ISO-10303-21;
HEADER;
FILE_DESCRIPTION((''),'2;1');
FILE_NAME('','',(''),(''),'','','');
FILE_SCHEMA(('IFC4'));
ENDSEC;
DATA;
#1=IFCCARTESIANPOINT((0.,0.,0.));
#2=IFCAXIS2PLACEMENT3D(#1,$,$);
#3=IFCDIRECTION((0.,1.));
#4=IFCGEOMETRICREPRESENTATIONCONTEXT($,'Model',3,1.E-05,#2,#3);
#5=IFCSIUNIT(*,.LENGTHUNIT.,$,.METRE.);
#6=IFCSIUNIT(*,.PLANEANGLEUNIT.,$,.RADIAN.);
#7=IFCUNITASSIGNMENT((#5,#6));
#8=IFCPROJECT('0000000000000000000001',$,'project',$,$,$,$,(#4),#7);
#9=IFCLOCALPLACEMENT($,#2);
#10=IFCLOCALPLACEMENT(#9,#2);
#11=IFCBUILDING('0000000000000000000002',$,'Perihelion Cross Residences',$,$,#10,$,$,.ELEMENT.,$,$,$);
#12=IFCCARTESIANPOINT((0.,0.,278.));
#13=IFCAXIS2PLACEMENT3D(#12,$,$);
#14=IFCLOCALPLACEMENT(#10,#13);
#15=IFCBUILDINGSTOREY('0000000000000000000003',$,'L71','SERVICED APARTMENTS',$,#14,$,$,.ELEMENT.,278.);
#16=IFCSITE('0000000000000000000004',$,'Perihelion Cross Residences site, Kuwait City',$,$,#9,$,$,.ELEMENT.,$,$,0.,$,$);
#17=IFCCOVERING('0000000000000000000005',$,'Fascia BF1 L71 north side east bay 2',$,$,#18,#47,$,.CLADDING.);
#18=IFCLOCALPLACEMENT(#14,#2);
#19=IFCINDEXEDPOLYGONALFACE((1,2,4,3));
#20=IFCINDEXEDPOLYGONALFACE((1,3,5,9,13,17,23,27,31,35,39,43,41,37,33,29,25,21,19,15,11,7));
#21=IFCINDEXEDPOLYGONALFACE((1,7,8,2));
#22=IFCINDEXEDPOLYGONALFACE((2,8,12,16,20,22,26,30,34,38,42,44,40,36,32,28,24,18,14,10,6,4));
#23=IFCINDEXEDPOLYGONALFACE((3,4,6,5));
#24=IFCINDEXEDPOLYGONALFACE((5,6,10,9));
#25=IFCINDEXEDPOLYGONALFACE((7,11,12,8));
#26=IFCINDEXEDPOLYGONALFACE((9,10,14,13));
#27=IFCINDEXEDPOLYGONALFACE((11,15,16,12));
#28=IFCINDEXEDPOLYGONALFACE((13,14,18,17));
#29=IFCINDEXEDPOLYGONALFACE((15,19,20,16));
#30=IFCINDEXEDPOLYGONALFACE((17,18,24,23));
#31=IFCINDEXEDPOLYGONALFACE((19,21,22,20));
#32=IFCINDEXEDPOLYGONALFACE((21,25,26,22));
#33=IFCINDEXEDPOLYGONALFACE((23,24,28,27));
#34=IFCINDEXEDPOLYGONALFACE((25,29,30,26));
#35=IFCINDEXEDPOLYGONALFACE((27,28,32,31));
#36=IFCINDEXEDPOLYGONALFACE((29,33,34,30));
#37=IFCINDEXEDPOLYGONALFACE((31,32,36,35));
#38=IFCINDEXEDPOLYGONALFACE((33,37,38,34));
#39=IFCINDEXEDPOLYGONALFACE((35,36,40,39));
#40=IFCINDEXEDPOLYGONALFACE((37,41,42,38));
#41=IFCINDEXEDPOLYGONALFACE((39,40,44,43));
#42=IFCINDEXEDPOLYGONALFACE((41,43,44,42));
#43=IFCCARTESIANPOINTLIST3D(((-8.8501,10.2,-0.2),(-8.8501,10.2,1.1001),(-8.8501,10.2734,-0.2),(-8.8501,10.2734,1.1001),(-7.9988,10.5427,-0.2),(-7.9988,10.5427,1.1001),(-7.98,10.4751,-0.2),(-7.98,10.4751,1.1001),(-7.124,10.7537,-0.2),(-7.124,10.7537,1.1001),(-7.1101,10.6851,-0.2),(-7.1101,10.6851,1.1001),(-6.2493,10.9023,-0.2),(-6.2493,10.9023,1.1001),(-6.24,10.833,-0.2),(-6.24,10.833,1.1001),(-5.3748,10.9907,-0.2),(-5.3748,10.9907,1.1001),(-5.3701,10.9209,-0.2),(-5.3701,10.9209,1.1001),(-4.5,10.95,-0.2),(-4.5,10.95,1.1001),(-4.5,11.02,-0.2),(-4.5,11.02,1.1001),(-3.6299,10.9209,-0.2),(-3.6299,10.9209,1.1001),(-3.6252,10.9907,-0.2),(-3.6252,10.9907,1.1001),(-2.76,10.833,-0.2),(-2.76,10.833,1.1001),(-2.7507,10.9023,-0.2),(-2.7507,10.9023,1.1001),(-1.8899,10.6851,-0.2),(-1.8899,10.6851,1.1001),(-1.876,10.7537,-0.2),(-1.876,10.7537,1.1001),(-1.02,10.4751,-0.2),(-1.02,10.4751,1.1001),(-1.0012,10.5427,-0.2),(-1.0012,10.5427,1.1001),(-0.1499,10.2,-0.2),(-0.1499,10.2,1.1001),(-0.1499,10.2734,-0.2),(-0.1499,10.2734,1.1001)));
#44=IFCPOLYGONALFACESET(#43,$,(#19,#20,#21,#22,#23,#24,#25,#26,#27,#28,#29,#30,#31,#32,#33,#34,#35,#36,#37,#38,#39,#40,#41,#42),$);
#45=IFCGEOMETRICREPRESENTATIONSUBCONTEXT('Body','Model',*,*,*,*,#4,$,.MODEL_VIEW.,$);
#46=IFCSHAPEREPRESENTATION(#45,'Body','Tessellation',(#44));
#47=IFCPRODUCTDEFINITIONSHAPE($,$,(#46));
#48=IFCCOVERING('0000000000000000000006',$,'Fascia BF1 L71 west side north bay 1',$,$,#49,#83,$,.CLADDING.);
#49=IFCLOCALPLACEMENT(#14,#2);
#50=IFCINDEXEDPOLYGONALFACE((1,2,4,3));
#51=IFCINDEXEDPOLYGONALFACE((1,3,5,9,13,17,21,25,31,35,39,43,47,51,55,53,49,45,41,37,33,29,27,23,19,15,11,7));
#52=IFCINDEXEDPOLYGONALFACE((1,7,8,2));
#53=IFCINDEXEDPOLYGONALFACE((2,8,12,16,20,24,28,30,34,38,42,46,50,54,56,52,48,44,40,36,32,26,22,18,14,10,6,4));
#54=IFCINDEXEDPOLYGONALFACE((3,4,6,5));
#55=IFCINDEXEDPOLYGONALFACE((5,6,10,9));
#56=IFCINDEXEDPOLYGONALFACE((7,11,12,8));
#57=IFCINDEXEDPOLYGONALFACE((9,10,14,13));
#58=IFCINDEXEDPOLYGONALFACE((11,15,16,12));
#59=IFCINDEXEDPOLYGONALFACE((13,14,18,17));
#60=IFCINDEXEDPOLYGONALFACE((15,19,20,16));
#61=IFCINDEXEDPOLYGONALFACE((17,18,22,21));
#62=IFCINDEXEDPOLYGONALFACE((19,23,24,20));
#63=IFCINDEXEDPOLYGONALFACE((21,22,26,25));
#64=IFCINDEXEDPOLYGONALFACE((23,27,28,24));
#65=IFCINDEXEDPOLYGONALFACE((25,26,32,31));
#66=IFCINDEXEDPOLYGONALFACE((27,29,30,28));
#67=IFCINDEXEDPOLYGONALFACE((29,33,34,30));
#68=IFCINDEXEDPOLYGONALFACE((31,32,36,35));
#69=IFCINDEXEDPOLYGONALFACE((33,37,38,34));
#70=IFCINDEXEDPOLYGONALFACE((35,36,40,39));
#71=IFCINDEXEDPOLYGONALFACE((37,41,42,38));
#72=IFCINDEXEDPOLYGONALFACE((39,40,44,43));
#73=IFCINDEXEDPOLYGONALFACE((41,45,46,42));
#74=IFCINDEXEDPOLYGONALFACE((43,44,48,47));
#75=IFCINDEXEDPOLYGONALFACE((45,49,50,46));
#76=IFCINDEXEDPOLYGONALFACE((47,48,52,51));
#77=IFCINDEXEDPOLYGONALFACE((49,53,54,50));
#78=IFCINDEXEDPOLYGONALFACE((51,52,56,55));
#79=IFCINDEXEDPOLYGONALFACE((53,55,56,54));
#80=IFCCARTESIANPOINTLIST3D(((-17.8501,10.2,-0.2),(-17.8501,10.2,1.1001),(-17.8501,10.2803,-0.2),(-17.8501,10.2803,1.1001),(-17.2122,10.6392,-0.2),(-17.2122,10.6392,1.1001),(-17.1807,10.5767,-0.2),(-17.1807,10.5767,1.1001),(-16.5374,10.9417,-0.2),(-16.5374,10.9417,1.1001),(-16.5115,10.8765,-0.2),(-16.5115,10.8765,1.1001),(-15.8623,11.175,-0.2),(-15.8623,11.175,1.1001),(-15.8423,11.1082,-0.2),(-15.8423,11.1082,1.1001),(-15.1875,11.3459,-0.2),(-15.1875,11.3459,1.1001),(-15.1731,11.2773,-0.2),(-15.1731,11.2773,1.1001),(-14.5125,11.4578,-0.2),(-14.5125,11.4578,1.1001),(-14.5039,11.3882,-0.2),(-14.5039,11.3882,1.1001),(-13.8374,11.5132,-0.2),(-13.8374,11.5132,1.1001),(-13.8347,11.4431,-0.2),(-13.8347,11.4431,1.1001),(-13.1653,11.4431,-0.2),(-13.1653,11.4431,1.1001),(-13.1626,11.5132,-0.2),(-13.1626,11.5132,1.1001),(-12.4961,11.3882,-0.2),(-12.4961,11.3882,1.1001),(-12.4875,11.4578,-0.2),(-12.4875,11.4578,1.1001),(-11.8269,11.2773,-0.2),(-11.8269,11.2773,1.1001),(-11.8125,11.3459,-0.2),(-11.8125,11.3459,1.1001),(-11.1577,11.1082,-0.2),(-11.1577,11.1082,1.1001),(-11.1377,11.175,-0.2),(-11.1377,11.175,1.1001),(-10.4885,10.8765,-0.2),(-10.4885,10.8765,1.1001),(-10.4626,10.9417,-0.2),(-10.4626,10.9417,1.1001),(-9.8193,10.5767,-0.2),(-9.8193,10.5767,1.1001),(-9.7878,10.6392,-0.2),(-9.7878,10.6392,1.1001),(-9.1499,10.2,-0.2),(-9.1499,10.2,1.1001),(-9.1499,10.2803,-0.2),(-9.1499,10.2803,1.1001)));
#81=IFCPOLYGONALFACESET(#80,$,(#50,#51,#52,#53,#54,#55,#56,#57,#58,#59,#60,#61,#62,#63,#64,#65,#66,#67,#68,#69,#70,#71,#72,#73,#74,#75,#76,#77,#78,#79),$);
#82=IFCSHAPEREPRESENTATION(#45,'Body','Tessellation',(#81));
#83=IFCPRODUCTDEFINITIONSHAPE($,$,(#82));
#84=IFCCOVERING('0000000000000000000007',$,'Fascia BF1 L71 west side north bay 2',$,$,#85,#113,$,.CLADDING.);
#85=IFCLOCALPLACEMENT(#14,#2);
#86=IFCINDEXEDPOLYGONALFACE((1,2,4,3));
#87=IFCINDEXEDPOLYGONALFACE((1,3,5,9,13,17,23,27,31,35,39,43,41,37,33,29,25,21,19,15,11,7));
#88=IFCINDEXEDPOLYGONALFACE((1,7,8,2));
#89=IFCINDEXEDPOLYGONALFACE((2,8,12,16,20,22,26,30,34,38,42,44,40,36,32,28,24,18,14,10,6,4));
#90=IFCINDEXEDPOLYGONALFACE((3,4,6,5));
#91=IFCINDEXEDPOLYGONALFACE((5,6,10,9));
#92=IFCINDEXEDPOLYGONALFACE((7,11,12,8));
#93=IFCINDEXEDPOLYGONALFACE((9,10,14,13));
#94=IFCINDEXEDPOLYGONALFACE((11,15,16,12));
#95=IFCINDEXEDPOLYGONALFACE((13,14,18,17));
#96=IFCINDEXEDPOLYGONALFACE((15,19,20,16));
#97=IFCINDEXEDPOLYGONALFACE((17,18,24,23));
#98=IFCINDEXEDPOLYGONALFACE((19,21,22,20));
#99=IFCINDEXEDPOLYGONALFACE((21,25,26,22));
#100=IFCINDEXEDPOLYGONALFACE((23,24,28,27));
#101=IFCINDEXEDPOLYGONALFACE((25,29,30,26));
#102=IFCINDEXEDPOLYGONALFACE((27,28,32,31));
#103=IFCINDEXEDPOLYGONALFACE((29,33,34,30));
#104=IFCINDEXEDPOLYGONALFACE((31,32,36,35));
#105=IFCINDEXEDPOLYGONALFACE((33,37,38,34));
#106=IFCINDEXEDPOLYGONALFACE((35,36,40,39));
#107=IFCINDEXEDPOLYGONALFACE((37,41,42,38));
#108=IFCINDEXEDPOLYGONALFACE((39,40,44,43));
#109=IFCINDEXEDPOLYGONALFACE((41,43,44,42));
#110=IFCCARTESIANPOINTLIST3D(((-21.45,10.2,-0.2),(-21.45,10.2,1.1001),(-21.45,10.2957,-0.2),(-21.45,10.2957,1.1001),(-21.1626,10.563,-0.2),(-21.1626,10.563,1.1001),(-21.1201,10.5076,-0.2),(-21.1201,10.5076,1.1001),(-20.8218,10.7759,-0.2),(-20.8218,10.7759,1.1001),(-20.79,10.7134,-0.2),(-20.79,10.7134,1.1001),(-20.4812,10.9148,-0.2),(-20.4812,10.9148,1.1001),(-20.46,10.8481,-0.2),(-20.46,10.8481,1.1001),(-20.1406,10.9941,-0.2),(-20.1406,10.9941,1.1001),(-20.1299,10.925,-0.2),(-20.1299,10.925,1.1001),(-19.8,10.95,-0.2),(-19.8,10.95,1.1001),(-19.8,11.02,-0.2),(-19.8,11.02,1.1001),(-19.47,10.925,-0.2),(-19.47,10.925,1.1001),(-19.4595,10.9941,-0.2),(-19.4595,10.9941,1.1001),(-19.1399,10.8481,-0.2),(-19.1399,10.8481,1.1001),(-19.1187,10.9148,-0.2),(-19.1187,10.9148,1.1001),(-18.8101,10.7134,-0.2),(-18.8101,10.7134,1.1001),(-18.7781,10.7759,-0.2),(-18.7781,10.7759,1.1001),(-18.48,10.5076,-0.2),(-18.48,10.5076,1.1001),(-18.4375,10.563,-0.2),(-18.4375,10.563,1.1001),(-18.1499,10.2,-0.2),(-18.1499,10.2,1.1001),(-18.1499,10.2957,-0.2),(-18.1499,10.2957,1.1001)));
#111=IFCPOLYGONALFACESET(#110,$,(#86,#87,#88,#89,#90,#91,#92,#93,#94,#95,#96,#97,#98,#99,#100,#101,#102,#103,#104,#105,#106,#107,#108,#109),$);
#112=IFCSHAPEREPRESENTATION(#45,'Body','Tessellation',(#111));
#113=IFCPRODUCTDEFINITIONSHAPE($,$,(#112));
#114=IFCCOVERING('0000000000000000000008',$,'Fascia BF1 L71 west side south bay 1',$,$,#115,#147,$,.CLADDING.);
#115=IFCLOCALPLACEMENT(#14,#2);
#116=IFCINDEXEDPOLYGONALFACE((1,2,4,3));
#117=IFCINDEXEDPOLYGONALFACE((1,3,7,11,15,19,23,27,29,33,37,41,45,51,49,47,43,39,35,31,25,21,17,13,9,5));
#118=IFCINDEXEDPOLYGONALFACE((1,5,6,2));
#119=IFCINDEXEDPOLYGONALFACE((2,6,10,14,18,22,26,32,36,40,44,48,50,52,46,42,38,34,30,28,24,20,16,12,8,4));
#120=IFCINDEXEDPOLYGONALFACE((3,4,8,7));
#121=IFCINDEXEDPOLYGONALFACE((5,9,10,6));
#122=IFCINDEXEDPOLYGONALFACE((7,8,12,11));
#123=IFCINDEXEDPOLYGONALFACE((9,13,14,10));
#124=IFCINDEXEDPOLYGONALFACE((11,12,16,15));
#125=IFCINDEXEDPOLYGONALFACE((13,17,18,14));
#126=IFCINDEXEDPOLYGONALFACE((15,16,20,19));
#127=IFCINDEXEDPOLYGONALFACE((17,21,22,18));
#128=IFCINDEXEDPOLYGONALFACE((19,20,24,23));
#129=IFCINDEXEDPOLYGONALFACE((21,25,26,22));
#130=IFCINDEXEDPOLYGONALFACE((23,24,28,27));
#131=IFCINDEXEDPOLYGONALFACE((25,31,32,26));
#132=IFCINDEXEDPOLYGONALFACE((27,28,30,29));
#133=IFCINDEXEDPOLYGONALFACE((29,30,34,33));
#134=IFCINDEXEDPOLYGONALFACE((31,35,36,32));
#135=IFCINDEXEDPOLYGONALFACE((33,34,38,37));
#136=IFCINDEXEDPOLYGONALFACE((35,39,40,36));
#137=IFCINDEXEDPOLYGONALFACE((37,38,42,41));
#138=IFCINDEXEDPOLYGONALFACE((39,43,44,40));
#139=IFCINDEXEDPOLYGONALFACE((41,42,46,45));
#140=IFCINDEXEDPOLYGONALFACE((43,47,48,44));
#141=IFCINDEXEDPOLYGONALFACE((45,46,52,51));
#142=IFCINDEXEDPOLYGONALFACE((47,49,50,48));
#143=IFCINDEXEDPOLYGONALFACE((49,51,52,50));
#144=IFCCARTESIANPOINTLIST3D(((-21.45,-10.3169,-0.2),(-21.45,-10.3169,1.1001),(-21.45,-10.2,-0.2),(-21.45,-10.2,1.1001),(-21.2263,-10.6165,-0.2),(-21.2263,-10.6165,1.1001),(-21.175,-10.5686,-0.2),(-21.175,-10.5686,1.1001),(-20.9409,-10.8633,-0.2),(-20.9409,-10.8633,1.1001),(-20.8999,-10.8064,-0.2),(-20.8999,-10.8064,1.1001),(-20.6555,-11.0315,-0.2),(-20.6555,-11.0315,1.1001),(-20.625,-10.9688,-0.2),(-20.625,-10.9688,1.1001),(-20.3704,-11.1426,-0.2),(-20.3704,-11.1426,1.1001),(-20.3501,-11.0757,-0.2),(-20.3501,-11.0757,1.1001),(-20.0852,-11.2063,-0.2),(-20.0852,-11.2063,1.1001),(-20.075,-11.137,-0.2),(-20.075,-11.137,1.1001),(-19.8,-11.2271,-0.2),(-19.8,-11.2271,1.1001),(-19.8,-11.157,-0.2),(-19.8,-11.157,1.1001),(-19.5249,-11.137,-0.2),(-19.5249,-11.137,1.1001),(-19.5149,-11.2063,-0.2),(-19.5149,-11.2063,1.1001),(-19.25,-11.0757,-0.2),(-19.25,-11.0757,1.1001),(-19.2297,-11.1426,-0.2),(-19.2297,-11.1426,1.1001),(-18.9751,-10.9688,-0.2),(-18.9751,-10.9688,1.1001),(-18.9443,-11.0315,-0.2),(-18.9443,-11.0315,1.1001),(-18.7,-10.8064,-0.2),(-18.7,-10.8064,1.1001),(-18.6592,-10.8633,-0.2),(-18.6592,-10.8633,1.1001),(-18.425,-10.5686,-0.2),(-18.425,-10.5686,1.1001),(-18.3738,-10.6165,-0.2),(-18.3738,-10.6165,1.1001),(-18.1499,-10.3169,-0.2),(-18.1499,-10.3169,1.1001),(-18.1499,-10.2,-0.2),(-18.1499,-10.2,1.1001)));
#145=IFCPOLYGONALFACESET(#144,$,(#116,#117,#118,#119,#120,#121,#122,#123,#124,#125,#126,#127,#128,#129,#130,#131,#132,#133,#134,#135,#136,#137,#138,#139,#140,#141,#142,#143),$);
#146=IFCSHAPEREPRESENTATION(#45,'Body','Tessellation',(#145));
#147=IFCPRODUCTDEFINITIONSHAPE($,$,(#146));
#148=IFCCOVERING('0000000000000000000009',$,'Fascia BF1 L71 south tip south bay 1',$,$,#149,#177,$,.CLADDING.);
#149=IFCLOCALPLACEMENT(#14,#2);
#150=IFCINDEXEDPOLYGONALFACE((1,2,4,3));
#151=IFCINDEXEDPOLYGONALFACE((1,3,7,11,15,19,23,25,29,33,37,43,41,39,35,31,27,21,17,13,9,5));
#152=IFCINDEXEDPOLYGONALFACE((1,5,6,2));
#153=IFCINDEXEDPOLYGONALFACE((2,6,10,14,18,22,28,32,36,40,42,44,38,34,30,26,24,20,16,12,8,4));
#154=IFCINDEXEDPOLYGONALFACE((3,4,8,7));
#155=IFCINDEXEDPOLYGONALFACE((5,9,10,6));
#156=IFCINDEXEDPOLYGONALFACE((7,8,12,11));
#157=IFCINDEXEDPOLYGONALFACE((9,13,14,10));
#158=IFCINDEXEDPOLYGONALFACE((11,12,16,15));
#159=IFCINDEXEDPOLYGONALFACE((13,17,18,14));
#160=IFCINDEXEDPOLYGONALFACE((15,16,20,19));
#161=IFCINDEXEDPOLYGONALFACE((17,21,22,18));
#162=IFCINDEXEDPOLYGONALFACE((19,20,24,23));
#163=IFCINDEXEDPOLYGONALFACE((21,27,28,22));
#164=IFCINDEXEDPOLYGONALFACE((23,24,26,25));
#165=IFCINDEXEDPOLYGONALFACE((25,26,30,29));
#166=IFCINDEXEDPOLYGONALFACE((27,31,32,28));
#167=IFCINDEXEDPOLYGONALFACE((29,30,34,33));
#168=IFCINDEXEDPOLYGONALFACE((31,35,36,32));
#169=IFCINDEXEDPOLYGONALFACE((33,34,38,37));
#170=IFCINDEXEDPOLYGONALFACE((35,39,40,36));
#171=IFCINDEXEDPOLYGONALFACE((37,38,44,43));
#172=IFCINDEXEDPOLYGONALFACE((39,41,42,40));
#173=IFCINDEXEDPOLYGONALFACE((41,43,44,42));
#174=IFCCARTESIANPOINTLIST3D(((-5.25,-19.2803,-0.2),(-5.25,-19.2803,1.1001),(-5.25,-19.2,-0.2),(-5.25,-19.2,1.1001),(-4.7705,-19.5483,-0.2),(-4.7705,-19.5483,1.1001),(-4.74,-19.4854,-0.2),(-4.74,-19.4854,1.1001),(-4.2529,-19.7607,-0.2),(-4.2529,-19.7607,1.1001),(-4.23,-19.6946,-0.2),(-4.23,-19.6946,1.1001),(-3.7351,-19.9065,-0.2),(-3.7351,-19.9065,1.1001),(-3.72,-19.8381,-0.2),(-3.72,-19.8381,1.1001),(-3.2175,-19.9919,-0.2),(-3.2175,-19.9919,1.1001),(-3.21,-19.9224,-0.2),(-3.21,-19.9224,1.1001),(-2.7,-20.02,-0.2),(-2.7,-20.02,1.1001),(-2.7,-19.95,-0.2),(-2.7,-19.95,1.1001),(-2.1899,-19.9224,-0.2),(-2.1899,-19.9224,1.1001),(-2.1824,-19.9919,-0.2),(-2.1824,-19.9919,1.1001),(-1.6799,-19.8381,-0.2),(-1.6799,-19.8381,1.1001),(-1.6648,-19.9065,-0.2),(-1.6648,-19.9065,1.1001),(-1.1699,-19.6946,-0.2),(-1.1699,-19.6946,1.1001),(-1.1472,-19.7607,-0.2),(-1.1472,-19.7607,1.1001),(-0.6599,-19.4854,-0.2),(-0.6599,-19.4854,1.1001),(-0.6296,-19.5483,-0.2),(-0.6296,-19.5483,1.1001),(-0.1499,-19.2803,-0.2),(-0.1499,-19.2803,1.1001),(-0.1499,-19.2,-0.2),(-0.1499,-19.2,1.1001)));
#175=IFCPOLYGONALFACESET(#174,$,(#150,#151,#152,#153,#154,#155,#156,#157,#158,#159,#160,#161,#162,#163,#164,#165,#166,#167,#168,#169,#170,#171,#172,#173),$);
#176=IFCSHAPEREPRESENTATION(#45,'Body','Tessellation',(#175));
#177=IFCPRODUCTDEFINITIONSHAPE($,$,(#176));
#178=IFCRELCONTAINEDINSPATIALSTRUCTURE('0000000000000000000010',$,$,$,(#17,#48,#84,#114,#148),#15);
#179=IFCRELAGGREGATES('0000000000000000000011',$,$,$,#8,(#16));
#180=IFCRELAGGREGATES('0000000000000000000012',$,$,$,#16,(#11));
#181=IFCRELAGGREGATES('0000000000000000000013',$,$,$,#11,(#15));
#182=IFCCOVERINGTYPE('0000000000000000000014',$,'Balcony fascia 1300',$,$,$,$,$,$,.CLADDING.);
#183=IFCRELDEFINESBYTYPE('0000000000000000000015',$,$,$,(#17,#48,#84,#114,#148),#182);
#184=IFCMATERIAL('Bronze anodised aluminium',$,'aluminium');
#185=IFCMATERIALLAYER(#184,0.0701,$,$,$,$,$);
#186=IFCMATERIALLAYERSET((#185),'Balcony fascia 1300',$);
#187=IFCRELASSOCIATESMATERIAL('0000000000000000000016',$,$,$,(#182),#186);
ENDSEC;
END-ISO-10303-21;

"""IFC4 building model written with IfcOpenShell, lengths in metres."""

from ifc_helpers import new_model, si_unit, direction, frame, origin, place, context, subcontext, project, spatial, polyline, outline, extrude, material, layer, layer_set, type_object, element, save


model = new_model("IFC4")

# Units and contexts
model_context = context("Model", 3, precision=1e-05, world=origin(), true_north=direction((0.0, 1.0)))
body_context = subcontext(model_context, "Body", "Model", "MODEL_VIEW")
ifc_project = project(units=[si_unit("LENGTHUNIT", "METRE"), si_unit("PLANEANGLEUNIT", "RADIAN")], contexts=[model_context])

# Site, building, storey
site_placement = place(None, origin())
site = spatial("IfcSite", under=ifc_project, at=site_placement, Name="Perihelion Cross Residences site, Kuwait City", CompositionType="ELEMENT", RefElevation=0.0)
building_placement = place(site_placement, origin())
building = spatial("IfcBuilding", under=site, at=building_placement, Name="Perihelion Cross Residences", CompositionType="ELEMENT")
storey_placement = place(building_placement, frame((0.0, 0.0, 278.0)))
storey = spatial("IfcBuildingStorey", under=building, at=storey_placement, Name="L71", Description="SERVICED APARTMENTS", CompositionType="ELEMENT", Elevation=278.0)

# Coverings
ifc_material_1 = material(Name="Bronze anodised aluminium", Category="aluminium")
ifc_layer_1 = layer(ifc_material_1, 0.0701)
ifc_layer_set_1 = layer_set([ifc_layer_1], Name="Balcony fascia 1300")
covering_type = type_object("IfcCoveringType", Name="Balcony fascia 1300", PredefinedType="CLADDING", material=ifc_layer_set_1)
covering_1_placement = place(storey_placement, frame((0.0, 0.0, -0.2)))
element("IfcCovering", 1, at=covering_1_placement, inside=storey, type_object=covering_type, Name="Fascia BF1 L71 north side east bay 2", PredefinedType="CLADDING", context=body_context, shape_type="SweptSolid", body=[
    extrude(outline(polyline([(-1.0012, 10.5427), (-1.876, 10.7537), (-2.7507, 10.9023), (-3.6252, 10.9907), (-4.5, 11.02), (-5.3748, 10.9907), (-6.2493, 10.9023), (-7.124, 10.7537), (-7.9988, 10.5427), (-8.8501, 10.2734), (-8.8501, 10.2), (-7.98, 10.4751), (-7.1101, 10.6851), (-6.24, 10.833), (-5.3701, 10.9209), (-4.5, 10.95), (-3.6299, 10.9209), (-2.76, 10.833), (-1.8899, 10.6851), (-1.02, 10.4751), (-0.1499, 10.2), (-0.1499, 10.2734), (-1.0012, 10.5427)])), origin(), (0.0, 0.0, 1.0), 1.3),
])
covering_2_placement = place(storey_placement, frame((0.0, 0.0, -0.2)))
element("IfcCovering", 2, at=covering_2_placement, inside=storey, type_object=covering_type, Name="Fascia BF1 L71 west side north bay 1", PredefinedType="CLADDING", context=body_context, shape_type="SweptSolid", body=[
    extrude(outline(polyline([(-9.7878, 10.6392), (-10.4626, 10.9417), (-11.1377, 11.175), (-11.8125, 11.3459), (-12.4875, 11.4578), (-13.1626, 11.5132), (-13.8374, 11.5132), (-14.5125, 11.4578), (-15.1875, 11.3459), (-15.8623, 11.175), (-16.5374, 10.9417), (-17.2122, 10.6392), (-17.8501, 10.2803), (-17.8501, 10.2), (-17.1807, 10.5767), (-16.5115, 10.8765), (-15.8423, 11.1082), (-15.1731, 11.2773), (-14.5039, 11.3882), (-13.8347, 11.4431), (-13.1653, 11.4431), (-12.4961, 11.3882), (-11.8269, 11.2773), (-11.1577, 11.1082), (-10.4885, 10.8765), (-9.8193, 10.5767), (-9.1499, 10.2), (-9.1499, 10.2803), (-9.7878, 10.6392)])), origin(), (0.0, 0.0, 1.0), 1.3),
])
covering_3_placement = place(storey_placement, frame((0.0, 0.0, -0.2)))
element("IfcCovering", 3, at=covering_3_placement, inside=storey, type_object=covering_type, Name="Fascia BF1 L71 west side north bay 2", PredefinedType="CLADDING", context=body_context, shape_type="SweptSolid", body=[
    extrude(outline(polyline([(-18.4375, 10.563), (-18.7781, 10.7759), (-19.1187, 10.9148), (-19.4595, 10.9941), (-19.8, 11.02), (-20.1406, 10.9941), (-20.4812, 10.9148), (-20.8218, 10.7759), (-21.1626, 10.563), (-21.45, 10.2957), (-21.45, 10.2), (-21.1201, 10.5076), (-20.79, 10.7134), (-20.46, 10.8481), (-20.1299, 10.925), (-19.8, 10.95), (-19.47, 10.925), (-19.1399, 10.8481), (-18.8101, 10.7134), (-18.48, 10.5076), (-18.1499, 10.2), (-18.1499, 10.2957), (-18.4375, 10.563)])), origin(), (0.0, 0.0, 1.0), 1.3),
])
covering_4_placement = place(storey_placement, frame((0.0, 0.0, -0.2)))
element("IfcCovering", 4, at=covering_4_placement, inside=storey, type_object=covering_type, Name="Fascia BF1 L71 west side south bay 1", PredefinedType="CLADDING", context=body_context, shape_type="SweptSolid", body=[
    extrude(outline(polyline([(-21.2263, -10.6165), (-20.9409, -10.8633), (-20.6555, -11.0315), (-20.3704, -11.1426), (-20.0852, -11.2063), (-19.8, -11.2271), (-19.5149, -11.2063), (-19.2297, -11.1426), (-18.9443, -11.0315), (-18.6592, -10.8633), (-18.3738, -10.6165), (-18.1499, -10.3169), (-18.1499, -10.2), (-18.425, -10.5686), (-18.7, -10.8064), (-18.9751, -10.9688), (-19.25, -11.0757), (-19.5249, -11.137), (-19.8, -11.157), (-20.075, -11.137), (-20.3501, -11.0757), (-20.625, -10.9688), (-20.8999, -10.8064), (-21.175, -10.5686), (-21.45, -10.2), (-21.45, -10.3169), (-21.2263, -10.6165)])), origin(), (0.0, 0.0, 1.0), 1.3),
])
covering_5_placement = place(storey_placement, frame((0.0, 0.0, -0.2)))
element("IfcCovering", 5, at=covering_5_placement, inside=storey, type_object=covering_type, Name="Fascia BF1 L71 south tip south bay 1", PredefinedType="CLADDING", context=body_context, shape_type="SweptSolid", body=[
    extrude(outline(polyline([(-4.7705, -19.5483), (-4.2529, -19.7607), (-3.7351, -19.9065), (-3.2175, -19.9919), (-2.7, -20.02), (-2.1824, -19.9919), (-1.6648, -19.9065), (-1.1472, -19.7607), (-0.6296, -19.5483), (-0.1499, -19.2803), (-0.1499, -19.2), (-0.6599, -19.4854), (-1.1699, -19.6946), (-1.6799, -19.8381), (-2.1899, -19.9224), (-2.7, -19.95), (-3.21, -19.9224), (-3.72, -19.8381), (-4.23, -19.6946), (-4.74, -19.4854), (-5.25, -19.2), (-5.25, -19.2803), (-4.7705, -19.5483)])), origin(), (0.0, 0.0, 1.0), 1.3),
])

save(model, "model.ifc")
